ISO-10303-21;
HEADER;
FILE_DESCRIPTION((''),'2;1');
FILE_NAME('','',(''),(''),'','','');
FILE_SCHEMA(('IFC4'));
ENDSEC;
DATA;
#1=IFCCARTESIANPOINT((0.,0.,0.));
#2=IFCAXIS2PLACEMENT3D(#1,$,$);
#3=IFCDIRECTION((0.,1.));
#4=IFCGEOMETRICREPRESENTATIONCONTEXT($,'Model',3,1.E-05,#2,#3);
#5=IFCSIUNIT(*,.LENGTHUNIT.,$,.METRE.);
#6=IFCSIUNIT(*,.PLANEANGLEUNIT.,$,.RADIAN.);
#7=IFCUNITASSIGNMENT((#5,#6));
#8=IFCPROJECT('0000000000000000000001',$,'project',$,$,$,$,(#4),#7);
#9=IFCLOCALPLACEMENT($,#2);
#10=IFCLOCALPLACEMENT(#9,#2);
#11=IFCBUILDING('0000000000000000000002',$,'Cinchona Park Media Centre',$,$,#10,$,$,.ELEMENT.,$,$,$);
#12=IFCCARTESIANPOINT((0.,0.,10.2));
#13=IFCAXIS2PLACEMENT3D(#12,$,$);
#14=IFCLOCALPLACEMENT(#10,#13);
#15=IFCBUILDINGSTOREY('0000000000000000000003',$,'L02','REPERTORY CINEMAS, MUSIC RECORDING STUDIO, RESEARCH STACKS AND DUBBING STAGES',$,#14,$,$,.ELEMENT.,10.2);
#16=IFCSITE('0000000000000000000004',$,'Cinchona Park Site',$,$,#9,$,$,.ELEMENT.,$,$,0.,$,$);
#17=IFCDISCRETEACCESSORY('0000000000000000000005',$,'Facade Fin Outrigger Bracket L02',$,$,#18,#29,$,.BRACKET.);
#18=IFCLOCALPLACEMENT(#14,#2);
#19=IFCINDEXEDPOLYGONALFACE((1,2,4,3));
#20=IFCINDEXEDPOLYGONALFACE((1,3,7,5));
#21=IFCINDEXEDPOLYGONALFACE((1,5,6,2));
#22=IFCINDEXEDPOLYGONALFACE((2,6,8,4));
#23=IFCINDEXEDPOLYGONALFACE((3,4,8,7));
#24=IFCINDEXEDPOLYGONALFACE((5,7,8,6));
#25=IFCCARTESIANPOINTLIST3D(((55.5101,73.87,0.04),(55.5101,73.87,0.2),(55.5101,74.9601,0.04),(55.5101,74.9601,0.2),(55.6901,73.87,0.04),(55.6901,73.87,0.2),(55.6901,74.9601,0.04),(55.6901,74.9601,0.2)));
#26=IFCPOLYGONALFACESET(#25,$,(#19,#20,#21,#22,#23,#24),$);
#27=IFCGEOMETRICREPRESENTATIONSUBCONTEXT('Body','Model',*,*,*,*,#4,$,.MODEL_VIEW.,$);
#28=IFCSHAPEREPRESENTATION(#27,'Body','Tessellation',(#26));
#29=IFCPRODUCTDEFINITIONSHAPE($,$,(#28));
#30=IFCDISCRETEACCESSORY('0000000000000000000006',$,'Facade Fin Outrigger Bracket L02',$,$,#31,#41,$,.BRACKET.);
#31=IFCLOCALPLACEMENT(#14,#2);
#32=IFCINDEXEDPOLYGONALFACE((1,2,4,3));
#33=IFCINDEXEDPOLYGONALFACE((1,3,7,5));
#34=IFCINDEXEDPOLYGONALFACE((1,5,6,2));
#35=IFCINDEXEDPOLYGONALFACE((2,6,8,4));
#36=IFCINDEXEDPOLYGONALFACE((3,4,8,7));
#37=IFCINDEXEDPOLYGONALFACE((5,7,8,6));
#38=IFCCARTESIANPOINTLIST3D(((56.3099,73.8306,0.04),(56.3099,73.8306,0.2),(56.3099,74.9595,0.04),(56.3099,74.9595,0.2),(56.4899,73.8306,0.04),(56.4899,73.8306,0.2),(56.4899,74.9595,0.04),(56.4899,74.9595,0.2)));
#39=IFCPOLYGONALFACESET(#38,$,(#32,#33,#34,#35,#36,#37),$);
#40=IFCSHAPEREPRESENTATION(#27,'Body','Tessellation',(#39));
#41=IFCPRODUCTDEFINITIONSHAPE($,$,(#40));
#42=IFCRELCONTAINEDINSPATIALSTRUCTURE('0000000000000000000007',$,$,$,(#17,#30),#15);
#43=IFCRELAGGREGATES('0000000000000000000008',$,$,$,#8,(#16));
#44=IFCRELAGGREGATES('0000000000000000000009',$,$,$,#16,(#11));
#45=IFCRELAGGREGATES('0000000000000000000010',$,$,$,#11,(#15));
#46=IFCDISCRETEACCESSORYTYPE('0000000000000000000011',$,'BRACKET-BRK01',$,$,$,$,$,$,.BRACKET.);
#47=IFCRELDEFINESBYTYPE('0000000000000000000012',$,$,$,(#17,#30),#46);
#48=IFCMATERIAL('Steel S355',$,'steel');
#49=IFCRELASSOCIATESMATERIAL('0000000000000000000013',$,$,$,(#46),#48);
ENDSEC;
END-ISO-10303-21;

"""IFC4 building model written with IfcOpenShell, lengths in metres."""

from ifc_helpers import new_model, si_unit, direction, frame, origin, origin_2d, place, context, subcontext, project, spatial, rectangle, extrude, material, type_object, element, save


model = new_model("IFC4")

# Units and contexts
model_context = context("Model", 3, precision=1e-05, world=origin(), true_north=direction((0.0, 1.0)))
body_context = subcontext(model_context, "Body", "Model", "MODEL_VIEW")
ifc_project = project(units=[si_unit("LENGTHUNIT", "METRE"), si_unit("PLANEANGLEUNIT", "RADIAN")], contexts=[model_context])

# Site, building, storey
site_placement = place(None, origin())
site = spatial("IfcSite", under=ifc_project, at=site_placement, Name="Cinchona Park Site", CompositionType="ELEMENT", RefElevation=0.0)
building_placement = place(site_placement, origin())
building = spatial("IfcBuilding", under=site, at=building_placement, Name="Cinchona Park Media Centre", CompositionType="ELEMENT")
storey_placement = place(building_placement, frame((0.0, 0.0, 10.2)))
storey = spatial("IfcBuildingStorey", under=building, at=storey_placement, Name="L02", Description="REPERTORY CINEMAS, MUSIC RECORDING STUDIO, RESEARCH STACKS AND DUBBING STAGES", CompositionType="ELEMENT", Elevation=10.2)

# Discrete accessories
ifc_material_1 = material(Name="Steel S355", Category="steel")
discrete_accessory_type = type_object("IfcDiscreteAccessoryType", Name="BRACKET-BRK01", PredefinedType="BRACKET", material=ifc_material_1)
discrete_accessory_1_placement = place(storey_placement, frame((55.6001, 74.415, 0.04), z_axis=(0.0, 0.0, 1.0), x_axis=(1.0, 0.0, 0.0)))
element("IfcDiscreteAccessory", 1, at=discrete_accessory_1_placement, inside=storey, type_object=discrete_accessory_type, Name="Facade Fin Outrigger Bracket L02", PredefinedType="BRACKET", context=body_context, shape_type="SweptSolid", body=[
    extrude(rectangle(XDim=0.1799, YDim=1.0901, at=origin_2d()), origin(), (0.0, 0.0, 1.0), 0.1599),
])
discrete_accessory_2_placement = place(storey_placement, frame((56.3999, 74.395, 0.04), z_axis=(0.0, 0.0, 1.0), x_axis=(1.0, 0.0, 0.0)))
element("IfcDiscreteAccessory", 2, at=discrete_accessory_2_placement, inside=storey, type_object=discrete_accessory_type, Name="Facade Fin Outrigger Bracket L02", PredefinedType="BRACKET", context=body_context, shape_type="SweptSolid", body=[
    extrude(rectangle(XDim=0.1799, YDim=1.1289, at=origin_2d()), origin(), (0.0, 0.0, 1.0), 0.1599),
])

save(model, "model.ifc")
